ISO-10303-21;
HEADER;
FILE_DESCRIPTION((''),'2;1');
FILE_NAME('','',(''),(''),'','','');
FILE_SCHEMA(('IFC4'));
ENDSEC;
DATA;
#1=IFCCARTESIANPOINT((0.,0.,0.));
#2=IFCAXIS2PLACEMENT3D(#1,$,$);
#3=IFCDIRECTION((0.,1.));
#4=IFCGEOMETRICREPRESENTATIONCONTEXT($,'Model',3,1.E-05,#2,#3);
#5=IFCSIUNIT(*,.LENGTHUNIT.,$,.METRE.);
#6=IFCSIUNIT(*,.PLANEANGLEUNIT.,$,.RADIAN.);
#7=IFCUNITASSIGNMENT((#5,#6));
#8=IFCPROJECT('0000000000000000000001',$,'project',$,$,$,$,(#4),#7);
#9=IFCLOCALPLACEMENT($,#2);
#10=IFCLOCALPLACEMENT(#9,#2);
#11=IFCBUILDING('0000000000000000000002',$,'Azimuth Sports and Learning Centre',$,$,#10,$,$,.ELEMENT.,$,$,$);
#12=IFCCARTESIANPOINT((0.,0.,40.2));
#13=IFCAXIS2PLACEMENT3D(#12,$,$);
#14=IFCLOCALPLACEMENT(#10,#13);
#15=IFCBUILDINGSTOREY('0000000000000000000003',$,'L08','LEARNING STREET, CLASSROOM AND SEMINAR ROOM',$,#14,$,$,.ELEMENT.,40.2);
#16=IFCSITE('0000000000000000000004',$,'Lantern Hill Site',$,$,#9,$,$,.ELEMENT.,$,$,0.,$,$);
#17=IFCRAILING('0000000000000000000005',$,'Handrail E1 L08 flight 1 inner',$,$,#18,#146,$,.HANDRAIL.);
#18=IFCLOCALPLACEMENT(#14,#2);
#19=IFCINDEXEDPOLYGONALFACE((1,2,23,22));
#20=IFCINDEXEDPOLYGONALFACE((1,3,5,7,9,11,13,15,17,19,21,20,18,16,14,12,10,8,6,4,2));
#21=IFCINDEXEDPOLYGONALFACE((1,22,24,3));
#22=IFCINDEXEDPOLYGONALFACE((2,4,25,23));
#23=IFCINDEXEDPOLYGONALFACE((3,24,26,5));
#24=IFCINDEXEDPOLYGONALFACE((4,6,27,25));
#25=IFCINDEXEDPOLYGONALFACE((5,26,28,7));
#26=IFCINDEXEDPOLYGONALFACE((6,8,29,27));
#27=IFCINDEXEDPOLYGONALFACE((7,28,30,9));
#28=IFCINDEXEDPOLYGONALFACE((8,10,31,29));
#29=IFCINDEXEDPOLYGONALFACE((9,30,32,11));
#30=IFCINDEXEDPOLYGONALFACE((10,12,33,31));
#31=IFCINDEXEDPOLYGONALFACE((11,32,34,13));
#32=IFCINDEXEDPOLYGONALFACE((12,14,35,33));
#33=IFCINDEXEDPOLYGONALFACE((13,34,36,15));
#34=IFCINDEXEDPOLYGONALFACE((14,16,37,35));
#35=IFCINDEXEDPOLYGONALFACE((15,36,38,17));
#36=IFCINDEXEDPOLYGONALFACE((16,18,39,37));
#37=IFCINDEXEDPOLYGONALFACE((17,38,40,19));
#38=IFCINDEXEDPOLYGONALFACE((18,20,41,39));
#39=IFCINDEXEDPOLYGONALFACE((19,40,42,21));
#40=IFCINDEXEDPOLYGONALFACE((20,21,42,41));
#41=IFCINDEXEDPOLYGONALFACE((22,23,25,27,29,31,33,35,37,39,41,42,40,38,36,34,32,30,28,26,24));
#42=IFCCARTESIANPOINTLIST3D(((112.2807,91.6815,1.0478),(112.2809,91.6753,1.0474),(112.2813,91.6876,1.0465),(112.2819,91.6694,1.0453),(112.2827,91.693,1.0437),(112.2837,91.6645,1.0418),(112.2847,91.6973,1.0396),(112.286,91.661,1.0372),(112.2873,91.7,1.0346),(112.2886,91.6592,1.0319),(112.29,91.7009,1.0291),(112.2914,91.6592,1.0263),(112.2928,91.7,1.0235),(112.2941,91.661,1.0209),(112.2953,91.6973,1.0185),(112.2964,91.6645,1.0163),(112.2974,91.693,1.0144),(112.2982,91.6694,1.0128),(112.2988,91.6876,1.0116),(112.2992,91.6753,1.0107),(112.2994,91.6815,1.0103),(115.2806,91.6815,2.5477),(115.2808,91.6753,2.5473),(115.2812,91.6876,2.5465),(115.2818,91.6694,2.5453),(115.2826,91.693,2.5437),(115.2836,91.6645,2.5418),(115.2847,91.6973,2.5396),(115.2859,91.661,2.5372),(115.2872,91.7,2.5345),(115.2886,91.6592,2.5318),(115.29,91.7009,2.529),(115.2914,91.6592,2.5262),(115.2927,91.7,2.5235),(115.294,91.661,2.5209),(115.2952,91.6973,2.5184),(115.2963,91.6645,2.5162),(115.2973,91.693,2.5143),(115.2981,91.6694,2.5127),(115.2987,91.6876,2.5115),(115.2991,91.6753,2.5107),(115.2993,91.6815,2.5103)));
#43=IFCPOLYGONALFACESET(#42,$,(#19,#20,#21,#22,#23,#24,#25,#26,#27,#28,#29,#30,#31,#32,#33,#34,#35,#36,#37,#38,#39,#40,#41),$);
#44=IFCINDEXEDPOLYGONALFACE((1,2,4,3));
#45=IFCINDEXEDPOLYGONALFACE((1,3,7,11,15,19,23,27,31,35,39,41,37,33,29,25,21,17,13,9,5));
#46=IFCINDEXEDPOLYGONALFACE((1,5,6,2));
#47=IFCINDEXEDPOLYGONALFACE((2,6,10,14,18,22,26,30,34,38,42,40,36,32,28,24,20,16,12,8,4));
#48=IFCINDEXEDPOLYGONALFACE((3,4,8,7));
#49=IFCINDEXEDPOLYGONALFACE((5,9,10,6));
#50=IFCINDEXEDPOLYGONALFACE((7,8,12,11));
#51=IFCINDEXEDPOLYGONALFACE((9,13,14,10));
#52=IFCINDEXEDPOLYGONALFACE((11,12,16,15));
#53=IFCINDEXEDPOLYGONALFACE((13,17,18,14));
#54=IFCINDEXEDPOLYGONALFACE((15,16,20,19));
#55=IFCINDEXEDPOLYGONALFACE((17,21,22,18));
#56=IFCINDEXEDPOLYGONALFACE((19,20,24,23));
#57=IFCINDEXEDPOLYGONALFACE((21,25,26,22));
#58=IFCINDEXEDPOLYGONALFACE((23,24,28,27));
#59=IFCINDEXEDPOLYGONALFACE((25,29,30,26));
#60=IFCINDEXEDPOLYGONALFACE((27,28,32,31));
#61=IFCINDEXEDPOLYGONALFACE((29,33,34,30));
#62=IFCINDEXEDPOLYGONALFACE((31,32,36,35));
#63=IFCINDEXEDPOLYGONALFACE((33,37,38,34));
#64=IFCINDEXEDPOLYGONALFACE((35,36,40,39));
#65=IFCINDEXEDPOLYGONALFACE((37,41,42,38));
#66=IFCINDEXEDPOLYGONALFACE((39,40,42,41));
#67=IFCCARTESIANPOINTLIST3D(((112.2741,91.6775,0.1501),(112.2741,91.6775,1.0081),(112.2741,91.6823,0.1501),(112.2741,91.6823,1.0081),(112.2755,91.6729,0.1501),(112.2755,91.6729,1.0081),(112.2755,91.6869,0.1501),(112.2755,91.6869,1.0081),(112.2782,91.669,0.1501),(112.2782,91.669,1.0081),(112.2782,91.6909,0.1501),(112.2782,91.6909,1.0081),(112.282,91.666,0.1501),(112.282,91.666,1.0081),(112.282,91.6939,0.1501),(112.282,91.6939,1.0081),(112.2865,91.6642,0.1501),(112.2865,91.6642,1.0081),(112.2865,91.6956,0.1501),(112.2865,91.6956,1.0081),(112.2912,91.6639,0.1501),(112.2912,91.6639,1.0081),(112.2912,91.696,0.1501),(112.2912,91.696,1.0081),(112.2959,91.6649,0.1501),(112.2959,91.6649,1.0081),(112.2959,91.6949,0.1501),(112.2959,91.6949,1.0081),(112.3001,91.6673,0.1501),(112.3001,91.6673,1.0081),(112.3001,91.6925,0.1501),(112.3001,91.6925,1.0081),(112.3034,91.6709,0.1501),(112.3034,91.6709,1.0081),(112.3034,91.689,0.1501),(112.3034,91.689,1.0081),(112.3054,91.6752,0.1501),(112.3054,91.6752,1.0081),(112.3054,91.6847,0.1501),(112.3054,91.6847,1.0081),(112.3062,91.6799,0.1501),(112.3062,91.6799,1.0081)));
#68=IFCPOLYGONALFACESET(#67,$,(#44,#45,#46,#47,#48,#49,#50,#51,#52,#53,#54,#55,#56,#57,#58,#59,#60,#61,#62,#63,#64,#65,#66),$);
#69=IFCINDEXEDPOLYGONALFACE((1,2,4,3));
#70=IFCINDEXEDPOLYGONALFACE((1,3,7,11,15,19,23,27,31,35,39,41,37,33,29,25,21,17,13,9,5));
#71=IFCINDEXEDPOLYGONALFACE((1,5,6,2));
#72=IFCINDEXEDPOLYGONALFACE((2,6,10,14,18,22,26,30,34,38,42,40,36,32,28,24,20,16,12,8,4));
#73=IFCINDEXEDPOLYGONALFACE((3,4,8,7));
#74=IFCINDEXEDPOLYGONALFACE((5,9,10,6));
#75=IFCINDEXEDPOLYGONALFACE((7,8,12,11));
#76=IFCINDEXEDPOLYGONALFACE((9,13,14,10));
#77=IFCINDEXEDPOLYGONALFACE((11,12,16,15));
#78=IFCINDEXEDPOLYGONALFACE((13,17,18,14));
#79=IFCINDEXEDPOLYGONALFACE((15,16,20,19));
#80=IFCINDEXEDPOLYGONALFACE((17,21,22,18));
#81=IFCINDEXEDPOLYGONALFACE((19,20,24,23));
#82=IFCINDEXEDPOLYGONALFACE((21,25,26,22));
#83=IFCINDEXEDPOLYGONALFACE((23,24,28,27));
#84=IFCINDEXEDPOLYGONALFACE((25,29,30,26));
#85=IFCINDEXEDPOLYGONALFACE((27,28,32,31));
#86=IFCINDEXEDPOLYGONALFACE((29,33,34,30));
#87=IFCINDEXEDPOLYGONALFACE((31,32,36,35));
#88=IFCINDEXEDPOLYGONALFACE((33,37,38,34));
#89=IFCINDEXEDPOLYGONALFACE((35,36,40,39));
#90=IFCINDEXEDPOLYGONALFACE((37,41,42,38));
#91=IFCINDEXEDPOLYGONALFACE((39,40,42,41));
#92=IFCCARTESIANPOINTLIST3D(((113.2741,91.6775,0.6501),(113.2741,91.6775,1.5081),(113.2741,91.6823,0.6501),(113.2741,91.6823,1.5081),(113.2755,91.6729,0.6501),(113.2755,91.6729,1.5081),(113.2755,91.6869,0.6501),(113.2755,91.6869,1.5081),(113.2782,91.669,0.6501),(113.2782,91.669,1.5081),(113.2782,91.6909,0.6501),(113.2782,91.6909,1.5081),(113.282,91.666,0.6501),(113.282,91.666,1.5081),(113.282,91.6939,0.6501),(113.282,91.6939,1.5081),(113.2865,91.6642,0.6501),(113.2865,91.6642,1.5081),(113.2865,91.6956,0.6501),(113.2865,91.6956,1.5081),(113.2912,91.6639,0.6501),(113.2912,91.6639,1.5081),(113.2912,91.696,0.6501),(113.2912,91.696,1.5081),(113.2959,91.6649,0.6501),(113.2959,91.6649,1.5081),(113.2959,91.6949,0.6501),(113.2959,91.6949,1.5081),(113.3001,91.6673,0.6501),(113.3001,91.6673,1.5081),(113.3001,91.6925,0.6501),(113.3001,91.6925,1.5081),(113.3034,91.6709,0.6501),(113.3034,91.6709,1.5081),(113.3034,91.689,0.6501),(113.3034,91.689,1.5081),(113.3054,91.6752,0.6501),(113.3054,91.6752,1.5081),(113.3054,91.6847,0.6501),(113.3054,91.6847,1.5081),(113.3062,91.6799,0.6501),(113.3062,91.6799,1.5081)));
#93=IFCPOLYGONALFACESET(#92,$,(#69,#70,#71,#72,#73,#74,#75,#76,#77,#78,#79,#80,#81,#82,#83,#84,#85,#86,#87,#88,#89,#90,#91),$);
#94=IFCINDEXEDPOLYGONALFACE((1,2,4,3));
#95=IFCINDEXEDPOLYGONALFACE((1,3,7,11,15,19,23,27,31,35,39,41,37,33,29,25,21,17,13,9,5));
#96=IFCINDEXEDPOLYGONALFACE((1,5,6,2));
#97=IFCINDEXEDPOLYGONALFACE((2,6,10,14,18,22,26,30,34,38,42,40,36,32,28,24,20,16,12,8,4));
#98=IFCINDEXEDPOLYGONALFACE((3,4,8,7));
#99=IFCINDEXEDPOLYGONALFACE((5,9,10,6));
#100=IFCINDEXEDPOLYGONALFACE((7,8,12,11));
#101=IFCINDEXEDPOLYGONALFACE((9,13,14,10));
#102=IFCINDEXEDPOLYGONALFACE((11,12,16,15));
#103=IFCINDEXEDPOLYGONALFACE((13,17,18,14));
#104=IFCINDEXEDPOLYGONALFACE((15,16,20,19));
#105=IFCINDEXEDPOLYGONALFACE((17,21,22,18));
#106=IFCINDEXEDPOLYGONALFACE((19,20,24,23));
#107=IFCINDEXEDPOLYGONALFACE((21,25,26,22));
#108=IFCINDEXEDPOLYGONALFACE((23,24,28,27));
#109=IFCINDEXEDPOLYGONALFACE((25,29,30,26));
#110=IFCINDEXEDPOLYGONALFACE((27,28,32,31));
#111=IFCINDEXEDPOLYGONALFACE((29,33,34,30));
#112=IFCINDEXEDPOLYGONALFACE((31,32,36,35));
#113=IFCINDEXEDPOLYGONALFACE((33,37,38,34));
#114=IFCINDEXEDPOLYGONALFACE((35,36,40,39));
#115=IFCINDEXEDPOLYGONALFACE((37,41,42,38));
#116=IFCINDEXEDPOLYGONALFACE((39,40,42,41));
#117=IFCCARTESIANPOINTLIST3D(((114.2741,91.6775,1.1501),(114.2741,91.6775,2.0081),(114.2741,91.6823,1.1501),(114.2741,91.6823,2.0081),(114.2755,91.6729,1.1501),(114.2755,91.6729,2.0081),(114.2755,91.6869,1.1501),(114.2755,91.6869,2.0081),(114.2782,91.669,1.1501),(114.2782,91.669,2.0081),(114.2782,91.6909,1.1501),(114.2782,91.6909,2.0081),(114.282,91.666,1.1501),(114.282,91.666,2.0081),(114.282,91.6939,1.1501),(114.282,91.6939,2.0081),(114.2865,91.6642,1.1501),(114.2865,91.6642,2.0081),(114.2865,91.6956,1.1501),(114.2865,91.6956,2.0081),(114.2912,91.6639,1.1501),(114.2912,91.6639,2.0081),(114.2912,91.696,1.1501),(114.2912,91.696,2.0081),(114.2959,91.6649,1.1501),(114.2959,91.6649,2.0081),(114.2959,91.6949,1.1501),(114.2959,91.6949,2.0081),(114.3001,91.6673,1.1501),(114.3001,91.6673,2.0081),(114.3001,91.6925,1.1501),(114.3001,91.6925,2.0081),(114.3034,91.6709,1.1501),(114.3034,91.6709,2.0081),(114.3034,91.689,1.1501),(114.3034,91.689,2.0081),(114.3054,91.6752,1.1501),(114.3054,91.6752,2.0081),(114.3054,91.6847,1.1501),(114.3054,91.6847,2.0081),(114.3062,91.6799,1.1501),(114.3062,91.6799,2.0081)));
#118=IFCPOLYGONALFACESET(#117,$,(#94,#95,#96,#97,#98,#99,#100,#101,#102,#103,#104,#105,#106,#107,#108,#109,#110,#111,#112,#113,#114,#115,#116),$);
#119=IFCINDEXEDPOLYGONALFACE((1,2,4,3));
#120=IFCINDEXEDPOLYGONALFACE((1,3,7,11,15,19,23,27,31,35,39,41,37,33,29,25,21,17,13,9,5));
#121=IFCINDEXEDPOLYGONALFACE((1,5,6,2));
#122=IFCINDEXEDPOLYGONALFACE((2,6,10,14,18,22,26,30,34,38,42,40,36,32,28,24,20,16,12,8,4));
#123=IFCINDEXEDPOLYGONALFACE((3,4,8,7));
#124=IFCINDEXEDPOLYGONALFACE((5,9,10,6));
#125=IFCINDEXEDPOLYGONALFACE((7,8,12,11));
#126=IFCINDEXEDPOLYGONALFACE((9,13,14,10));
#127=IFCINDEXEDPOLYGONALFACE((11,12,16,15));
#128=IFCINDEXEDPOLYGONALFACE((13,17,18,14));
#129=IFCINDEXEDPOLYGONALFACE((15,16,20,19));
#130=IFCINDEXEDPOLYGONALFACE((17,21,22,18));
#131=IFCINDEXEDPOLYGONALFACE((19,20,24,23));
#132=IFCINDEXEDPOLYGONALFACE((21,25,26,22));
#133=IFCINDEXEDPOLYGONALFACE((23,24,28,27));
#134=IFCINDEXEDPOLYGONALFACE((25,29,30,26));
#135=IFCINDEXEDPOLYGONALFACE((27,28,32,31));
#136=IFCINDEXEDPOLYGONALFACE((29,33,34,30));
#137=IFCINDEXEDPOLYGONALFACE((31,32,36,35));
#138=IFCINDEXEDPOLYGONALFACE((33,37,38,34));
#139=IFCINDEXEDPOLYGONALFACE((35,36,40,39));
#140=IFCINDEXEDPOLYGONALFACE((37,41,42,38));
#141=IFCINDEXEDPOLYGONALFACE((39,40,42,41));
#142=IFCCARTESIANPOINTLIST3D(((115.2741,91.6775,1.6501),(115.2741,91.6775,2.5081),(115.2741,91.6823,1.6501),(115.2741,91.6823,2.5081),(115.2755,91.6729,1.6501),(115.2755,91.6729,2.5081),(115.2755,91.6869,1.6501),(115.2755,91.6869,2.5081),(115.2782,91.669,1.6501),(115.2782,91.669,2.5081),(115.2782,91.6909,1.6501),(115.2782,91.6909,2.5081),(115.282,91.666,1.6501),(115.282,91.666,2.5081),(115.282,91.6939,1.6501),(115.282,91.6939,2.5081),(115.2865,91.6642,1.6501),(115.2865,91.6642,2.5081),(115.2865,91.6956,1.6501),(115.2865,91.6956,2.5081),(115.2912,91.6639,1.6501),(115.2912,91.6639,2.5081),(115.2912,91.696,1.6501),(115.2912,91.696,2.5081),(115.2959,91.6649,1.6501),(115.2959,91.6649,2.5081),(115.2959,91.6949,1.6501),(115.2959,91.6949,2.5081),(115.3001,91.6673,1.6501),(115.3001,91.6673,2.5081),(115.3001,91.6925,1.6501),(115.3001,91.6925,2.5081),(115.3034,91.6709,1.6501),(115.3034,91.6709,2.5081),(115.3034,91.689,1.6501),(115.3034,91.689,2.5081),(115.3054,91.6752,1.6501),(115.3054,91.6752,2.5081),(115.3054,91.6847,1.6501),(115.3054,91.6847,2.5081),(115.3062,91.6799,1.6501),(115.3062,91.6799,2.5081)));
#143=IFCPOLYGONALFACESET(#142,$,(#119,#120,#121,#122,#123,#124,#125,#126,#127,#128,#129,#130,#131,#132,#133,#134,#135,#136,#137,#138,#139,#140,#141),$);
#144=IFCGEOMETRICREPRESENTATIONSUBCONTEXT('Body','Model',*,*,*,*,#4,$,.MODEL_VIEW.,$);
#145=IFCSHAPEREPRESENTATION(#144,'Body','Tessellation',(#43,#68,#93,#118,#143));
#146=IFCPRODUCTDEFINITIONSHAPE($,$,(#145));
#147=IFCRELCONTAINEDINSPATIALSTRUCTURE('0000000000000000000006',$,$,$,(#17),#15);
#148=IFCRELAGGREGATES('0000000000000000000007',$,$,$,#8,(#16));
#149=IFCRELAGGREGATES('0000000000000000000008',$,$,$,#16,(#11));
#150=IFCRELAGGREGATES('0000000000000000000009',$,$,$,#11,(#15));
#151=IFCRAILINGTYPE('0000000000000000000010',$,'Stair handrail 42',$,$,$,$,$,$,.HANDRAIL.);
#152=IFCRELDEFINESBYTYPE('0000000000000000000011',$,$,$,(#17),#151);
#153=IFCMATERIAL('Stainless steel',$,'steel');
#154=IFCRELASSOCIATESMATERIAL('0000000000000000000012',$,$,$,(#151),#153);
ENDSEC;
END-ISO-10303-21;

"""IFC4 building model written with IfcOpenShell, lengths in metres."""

from ifc_helpers import new_model, si_unit, direction, frame, origin, origin_2d, place, context, subcontext, project, spatial, circle, extrude, material, type_object, element, save


model = new_model("IFC4")

# Units and contexts
model_context = context("Model", 3, precision=1e-05, world=origin(), true_north=direction((0.0, 1.0)))
body_context = subcontext(model_context, "Body", "Model", "MODEL_VIEW")
ifc_project = project(units=[si_unit("LENGTHUNIT", "METRE"), si_unit("PLANEANGLEUNIT", "RADIAN")], contexts=[model_context])

# Site, building, storey
site_placement = place(None, origin())
site = spatial("IfcSite", under=ifc_project, at=site_placement, Name="Lantern Hill Site", CompositionType="ELEMENT", RefElevation=0.0)
building_placement = place(site_placement, origin())
building = spatial("IfcBuilding", under=site, at=building_placement, Name="Azimuth Sports and Learning Centre", CompositionType="ELEMENT")
storey_placement = place(building_placement, frame((0.0, 0.0, 40.2)))
storey = spatial("IfcBuildingStorey", under=building, at=storey_placement, Name="L08", Description="LEARNING STREET, CLASSROOM AND SEMINAR ROOM", CompositionType="ELEMENT", Elevation=40.2)

# Railing
ifc_material_1 = material(Name="Stainless steel", Category="steel")
railing_type_1 = type_object("IfcRailingType", Name="Stair handrail 42", PredefinedType="HANDRAIL", material=ifc_material_1)
for number, where, name in (
    (1, (112.29, 91.6799, 0.1501), "Handrail E1 L08 flight 1 inner"),
):
    element("IfcRailing", number, at=place(storey_placement, frame(where)), inside=storey, type_object=railing_type_1, Name=name, PredefinedType="HANDRAIL", context=body_context, shape_type="SweptSolid", body=[
        extrude(circle(Radius=0.021, at=origin_2d()), frame((0.0, 0.0, 0.8789), z_axis=(0.894427, 0.0, 0.447214), x_axis=(0.0, 1.0, 0.0)), (0.0, 0.0, 1.0), 3.354),
        extrude(circle(Radius=0.0161, at=origin_2d()), origin(), (0.0, 0.0, 1.0), 0.8579),
        extrude(circle(Radius=0.0161, at=origin_2d()), frame((1.0, 0.0, 0.5)), (0.0, 0.0, 1.0), 0.8579),
        extrude(circle(Radius=0.0161, at=origin_2d()), frame((2.0, 0.0, 1.0)), (0.0, 0.0, 1.0), 0.8579),
        extrude(circle(Radius=0.0161, at=origin_2d()), frame((3.0, 0.0, 1.5)), (0.0, 0.0, 1.0), 0.8579),
    ])

save(model, "model.ifc")
